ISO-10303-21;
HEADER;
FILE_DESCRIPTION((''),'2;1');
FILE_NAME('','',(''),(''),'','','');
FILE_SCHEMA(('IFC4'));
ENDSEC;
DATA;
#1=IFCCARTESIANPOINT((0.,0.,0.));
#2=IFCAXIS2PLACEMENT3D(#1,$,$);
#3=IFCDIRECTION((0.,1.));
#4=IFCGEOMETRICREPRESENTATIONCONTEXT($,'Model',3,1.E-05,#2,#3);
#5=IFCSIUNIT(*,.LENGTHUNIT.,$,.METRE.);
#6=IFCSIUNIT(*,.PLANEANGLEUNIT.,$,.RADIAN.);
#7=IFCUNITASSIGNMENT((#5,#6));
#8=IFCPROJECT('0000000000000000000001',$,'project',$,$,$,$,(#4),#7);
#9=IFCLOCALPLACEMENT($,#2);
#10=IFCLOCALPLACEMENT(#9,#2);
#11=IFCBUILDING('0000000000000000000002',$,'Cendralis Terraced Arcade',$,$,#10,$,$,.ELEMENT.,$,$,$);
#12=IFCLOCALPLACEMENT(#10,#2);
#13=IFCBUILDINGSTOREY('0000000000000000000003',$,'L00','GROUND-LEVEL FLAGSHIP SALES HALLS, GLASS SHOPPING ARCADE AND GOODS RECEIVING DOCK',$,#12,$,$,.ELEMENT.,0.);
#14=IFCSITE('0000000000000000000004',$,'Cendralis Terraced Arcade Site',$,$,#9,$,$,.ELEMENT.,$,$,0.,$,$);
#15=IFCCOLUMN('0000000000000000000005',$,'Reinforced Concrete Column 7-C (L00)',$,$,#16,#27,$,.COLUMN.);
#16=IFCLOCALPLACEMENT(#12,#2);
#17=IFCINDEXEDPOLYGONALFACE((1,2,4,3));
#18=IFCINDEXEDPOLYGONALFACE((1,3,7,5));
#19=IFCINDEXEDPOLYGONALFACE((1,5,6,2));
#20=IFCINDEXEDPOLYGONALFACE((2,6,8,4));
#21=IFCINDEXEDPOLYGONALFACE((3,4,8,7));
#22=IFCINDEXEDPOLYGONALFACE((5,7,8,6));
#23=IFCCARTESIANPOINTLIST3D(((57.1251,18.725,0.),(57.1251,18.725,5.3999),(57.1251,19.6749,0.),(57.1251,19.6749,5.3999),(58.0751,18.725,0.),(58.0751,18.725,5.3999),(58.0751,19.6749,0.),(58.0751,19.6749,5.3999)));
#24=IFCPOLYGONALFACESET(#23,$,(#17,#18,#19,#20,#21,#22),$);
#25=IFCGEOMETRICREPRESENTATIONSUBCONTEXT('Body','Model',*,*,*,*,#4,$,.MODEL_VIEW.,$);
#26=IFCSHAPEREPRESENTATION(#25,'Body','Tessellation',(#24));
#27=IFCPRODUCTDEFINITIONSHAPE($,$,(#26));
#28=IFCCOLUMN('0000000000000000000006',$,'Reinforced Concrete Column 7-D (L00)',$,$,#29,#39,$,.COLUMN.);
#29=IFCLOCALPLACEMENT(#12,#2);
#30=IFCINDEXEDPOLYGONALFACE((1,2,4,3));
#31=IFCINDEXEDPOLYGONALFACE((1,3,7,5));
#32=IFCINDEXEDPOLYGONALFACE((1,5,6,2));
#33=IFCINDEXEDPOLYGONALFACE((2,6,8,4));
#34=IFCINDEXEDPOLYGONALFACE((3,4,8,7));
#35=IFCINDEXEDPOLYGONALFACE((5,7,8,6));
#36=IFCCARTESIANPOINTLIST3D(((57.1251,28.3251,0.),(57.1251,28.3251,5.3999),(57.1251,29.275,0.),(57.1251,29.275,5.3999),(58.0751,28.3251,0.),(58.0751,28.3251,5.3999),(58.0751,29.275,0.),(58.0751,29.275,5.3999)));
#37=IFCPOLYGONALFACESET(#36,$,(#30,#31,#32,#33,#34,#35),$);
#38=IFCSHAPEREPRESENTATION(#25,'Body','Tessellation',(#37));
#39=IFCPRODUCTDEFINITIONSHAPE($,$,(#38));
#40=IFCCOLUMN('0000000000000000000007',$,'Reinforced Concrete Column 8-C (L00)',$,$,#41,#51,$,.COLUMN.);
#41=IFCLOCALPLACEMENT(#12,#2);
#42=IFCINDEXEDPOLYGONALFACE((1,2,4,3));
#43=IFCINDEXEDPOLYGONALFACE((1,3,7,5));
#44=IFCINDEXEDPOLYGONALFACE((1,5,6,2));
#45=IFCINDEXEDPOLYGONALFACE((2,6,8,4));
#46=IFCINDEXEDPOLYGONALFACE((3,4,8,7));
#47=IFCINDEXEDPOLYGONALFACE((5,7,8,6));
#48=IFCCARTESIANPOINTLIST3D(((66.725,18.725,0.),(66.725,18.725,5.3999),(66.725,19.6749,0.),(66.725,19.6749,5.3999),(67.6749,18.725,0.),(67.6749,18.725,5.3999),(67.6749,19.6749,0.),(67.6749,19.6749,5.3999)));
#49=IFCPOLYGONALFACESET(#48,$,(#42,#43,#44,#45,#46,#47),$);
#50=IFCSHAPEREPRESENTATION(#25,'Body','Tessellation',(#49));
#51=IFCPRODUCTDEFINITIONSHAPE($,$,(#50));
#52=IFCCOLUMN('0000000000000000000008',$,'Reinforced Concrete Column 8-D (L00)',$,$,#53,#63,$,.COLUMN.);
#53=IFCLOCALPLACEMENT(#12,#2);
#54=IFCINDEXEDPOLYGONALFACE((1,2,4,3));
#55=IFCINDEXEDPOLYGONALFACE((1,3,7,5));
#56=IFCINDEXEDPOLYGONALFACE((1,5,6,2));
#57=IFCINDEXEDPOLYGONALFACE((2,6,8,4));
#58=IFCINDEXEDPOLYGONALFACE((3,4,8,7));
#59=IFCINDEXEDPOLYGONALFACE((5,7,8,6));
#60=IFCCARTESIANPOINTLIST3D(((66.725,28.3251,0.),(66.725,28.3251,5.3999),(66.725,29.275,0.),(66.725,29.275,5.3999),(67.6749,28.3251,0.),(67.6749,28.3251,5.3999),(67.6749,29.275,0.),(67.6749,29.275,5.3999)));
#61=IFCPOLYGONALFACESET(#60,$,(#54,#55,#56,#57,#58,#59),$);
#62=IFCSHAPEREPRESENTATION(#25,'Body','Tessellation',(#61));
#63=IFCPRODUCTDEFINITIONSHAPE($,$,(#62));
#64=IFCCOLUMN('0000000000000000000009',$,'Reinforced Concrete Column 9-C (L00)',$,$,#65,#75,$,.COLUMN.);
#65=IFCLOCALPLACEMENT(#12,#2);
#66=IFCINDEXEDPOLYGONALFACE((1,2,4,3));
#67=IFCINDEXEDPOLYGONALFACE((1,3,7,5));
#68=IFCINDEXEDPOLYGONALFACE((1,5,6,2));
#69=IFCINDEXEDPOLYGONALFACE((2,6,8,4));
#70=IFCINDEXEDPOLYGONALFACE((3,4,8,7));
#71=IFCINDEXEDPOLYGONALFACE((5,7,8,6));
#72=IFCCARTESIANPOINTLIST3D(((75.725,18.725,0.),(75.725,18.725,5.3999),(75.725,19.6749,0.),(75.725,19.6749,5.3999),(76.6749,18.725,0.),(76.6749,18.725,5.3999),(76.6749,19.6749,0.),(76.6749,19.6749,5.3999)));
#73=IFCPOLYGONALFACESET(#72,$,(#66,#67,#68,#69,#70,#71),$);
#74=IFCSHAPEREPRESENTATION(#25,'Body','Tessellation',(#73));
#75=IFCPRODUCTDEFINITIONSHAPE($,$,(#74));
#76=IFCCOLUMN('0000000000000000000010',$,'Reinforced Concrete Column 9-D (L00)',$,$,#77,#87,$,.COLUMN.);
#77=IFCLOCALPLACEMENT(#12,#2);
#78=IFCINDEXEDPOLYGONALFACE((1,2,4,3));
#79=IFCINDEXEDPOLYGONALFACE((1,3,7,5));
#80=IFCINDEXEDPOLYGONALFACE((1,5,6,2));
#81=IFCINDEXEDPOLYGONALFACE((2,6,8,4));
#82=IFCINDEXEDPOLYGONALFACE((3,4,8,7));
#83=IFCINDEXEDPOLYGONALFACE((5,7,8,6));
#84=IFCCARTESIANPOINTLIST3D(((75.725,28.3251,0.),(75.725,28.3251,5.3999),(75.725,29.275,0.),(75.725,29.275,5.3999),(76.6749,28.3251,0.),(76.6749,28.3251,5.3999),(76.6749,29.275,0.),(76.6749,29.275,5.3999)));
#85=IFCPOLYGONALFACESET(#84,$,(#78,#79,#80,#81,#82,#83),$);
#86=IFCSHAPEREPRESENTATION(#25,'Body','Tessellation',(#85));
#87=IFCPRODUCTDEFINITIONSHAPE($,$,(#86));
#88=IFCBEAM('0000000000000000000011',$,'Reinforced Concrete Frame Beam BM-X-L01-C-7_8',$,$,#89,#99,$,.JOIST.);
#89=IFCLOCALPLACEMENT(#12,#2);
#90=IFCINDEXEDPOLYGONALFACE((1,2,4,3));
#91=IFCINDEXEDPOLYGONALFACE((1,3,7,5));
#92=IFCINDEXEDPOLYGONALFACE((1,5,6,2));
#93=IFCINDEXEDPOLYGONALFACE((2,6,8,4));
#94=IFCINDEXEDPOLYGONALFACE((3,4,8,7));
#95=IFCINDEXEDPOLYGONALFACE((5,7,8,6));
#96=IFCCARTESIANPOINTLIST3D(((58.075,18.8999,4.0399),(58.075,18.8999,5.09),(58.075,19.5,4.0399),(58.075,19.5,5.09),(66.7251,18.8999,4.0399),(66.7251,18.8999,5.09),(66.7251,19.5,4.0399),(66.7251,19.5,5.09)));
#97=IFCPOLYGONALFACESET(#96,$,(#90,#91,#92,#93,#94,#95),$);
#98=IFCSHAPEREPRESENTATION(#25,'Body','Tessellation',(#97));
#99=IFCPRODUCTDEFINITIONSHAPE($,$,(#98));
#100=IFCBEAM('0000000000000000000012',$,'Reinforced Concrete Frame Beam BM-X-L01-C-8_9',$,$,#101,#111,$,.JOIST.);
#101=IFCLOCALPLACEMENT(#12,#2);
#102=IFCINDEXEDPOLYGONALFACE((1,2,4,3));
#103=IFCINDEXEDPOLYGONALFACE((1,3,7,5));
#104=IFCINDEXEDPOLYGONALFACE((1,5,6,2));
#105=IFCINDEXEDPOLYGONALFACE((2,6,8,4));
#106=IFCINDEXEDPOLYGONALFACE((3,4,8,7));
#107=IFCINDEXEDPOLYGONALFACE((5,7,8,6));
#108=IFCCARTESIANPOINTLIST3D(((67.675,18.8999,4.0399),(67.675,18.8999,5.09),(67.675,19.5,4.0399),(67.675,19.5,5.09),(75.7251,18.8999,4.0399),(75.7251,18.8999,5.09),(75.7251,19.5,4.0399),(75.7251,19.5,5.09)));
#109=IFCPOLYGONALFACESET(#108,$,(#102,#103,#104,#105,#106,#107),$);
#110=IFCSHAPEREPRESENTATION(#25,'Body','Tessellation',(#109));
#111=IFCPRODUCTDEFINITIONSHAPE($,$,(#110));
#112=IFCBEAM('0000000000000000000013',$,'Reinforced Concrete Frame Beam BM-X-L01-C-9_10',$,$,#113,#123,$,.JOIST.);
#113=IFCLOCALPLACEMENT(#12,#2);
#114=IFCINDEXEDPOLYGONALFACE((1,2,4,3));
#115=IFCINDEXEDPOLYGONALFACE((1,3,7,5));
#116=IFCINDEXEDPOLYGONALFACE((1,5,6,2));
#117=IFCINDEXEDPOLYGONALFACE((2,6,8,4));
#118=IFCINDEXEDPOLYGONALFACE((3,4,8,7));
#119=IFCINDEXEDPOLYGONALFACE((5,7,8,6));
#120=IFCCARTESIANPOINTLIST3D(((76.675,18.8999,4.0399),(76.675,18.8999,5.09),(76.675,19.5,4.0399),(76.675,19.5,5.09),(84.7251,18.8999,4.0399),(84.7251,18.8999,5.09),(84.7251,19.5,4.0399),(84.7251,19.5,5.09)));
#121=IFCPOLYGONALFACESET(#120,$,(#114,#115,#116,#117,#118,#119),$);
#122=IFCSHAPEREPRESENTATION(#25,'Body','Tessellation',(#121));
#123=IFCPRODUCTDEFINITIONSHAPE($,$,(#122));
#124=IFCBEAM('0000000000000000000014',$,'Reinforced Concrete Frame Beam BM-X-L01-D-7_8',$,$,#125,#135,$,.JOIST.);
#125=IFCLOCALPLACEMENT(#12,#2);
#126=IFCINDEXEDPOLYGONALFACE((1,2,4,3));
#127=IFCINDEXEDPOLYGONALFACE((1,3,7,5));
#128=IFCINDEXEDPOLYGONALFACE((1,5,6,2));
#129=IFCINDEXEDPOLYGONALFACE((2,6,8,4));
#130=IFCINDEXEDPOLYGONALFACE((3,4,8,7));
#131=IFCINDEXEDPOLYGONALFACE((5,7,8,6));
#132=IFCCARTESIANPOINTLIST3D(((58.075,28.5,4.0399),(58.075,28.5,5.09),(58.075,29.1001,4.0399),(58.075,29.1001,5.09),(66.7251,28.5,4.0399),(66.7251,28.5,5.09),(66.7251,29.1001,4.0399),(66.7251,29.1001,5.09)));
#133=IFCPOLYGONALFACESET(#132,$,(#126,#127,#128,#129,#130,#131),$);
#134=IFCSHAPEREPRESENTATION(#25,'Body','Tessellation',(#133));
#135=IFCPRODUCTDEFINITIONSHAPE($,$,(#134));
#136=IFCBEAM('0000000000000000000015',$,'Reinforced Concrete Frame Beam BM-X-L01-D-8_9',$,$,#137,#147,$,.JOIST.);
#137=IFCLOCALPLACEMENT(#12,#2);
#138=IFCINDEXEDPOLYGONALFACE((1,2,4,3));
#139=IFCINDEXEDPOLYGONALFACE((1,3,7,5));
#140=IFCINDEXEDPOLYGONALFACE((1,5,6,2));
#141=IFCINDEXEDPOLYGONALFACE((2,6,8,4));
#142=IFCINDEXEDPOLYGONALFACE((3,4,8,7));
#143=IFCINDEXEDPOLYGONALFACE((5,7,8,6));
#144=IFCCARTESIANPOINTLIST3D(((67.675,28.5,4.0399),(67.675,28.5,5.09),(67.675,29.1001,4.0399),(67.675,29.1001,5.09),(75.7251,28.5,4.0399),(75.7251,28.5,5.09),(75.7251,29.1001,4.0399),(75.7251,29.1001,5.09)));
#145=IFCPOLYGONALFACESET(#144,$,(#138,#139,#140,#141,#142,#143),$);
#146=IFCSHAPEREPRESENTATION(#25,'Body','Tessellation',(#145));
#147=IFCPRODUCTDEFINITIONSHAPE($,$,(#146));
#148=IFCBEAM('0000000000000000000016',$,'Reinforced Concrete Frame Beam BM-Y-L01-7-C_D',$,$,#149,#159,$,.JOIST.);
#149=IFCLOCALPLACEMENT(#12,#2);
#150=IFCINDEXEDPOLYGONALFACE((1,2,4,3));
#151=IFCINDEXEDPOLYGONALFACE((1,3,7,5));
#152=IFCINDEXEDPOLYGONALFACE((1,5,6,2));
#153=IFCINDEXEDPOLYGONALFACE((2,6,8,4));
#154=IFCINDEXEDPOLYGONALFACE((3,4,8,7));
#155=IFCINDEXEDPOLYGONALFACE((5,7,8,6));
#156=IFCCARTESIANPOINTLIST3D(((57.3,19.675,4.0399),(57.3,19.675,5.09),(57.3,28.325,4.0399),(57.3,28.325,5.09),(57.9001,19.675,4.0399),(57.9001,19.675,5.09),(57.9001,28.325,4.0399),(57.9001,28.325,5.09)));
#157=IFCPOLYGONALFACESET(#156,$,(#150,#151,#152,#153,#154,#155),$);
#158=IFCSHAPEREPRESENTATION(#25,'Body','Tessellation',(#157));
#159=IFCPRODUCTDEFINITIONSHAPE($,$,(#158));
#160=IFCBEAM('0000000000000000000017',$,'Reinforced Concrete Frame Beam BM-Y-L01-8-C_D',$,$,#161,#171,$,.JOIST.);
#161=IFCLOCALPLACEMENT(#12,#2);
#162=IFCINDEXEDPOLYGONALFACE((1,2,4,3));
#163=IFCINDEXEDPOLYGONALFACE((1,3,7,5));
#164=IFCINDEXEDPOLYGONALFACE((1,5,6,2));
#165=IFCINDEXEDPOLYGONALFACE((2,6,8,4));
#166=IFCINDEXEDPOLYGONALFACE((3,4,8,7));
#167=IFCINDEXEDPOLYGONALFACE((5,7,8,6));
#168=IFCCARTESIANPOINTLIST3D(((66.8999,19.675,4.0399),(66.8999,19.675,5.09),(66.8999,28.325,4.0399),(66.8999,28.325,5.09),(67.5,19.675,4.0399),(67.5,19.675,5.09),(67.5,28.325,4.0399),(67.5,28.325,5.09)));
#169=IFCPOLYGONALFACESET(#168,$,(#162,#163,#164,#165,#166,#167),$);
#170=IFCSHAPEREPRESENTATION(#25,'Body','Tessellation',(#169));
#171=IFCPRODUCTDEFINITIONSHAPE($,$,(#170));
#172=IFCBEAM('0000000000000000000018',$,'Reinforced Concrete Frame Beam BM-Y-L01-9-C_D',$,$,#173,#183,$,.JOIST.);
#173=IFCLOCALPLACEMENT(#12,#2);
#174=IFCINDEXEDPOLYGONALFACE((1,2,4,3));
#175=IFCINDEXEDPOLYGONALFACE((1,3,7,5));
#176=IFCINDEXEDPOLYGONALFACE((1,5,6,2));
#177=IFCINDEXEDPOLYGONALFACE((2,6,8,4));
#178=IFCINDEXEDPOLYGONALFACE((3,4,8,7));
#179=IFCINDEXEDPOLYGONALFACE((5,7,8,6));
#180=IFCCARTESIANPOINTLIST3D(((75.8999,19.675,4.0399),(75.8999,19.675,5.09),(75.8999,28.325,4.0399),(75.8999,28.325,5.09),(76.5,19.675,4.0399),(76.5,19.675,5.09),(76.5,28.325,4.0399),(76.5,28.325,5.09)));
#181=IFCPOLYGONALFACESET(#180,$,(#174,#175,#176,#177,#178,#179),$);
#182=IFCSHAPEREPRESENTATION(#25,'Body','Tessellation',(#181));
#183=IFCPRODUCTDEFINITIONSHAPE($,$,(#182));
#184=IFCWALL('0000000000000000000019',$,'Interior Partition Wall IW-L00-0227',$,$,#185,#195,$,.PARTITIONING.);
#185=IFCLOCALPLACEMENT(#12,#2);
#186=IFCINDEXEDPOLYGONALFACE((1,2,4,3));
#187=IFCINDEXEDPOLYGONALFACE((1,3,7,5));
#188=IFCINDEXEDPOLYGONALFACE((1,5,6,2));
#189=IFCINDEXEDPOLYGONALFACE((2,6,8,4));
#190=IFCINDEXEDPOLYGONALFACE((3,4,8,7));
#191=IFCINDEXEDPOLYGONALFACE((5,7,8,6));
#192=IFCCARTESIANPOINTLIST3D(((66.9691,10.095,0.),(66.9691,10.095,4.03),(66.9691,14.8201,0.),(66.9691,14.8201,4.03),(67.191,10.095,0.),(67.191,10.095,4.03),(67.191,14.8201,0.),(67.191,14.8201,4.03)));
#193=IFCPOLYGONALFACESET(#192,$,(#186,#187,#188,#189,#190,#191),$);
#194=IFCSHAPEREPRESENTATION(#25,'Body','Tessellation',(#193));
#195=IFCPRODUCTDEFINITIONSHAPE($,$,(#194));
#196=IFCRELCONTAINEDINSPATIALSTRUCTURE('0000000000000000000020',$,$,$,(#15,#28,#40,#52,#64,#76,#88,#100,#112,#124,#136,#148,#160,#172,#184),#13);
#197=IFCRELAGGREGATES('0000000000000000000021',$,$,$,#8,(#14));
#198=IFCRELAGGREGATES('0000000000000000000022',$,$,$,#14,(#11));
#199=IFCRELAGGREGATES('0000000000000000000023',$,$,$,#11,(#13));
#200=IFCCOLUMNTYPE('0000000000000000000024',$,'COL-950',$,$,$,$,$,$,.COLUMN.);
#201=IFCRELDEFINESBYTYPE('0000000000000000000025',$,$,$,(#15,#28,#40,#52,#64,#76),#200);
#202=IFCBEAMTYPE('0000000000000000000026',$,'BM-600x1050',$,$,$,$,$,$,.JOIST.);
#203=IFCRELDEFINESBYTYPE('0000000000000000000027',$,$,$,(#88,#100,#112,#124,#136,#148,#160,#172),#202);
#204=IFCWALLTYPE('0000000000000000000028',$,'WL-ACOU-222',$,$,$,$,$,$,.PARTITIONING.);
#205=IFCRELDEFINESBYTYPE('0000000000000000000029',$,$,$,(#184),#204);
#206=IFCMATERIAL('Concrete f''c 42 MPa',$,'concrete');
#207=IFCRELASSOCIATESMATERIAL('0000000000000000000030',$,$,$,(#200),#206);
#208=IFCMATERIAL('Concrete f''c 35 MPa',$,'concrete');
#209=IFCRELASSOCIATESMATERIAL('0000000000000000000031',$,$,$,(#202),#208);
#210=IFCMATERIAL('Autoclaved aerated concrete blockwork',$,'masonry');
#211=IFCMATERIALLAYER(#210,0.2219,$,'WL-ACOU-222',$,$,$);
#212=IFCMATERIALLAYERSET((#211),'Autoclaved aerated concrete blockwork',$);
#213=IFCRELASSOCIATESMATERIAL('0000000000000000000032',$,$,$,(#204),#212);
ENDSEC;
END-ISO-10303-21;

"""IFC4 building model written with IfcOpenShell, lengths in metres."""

from ifc_helpers import new_model, si_unit, direction, frame, frame_2d, origin, origin_2d, place, context, subcontext, project, spatial, rectangle, extrude, material, layer, layer_set, material_profile, profile_set, type_object, element, save


model = new_model("IFC4")

# Units and contexts
model_context = context("Model", 3, precision=1e-05, world=origin(), true_north=direction((0.0, 1.0)))
body_context = subcontext(model_context, "Body", "Model", "MODEL_VIEW")
ifc_project = project(units=[si_unit("LENGTHUNIT", "METRE"), si_unit("PLANEANGLEUNIT", "RADIAN")], contexts=[model_context])

# Site, building, storey
site_placement = place(None, origin())
site = spatial("IfcSite", under=ifc_project, at=site_placement, Name="Cendralis Terraced Arcade Site", CompositionType="ELEMENT", RefElevation=0.0)
building_placement = place(site_placement, origin())
building = spatial("IfcBuilding", under=site, at=building_placement, Name="Cendralis Terraced Arcade", CompositionType="ELEMENT")
storey_placement = place(building_placement, origin())
storey = spatial("IfcBuildingStorey", under=building, at=storey_placement, Name="L00", Description="GROUND-LEVEL FLAGSHIP SALES HALLS, GLASS SHOPPING ARCADE AND GOODS RECEIVING DOCK", CompositionType="ELEMENT", Elevation=0.0)

# Columns
ifc_material_1 = material(Name="Concrete f'c 42 MPa", Category="concrete")
ifc_material_profile_1 = material_profile(ifc_material_1, rectangle(XDim=0.95, YDim=0.95, at=origin_2d()), Name="RC-COL-950x950", Category="LoadBearing")
ifc_profile_set_1 = profile_set([ifc_material_profile_1], Name="Concrete f'c 42 MPa")
column_type = type_object("IfcColumnType", Name="COL-950", PredefinedType="COLUMN", material=ifc_profile_set_1)
for number, where, z_axis, x_axis, name in (
    (1, (57.6001, 19.2, 0.0), (0.0, 0.0, 1.0), (1.0, 0.0, 0.0), "Reinforced Concrete Column 7-C (L00)"),
    (2, (57.6001, 28.8, 0.0), (0.0, 0.0, 1.0), (1.0, 0.0, 0.0), "Reinforced Concrete Column 7-D (L00)"),
    (3, (67.2, 19.2, 0.0), (0.0, 0.0, 1.0), (1.0, 0.0, 0.0), "Reinforced Concrete Column 8-C (L00)"),
    (4, (67.2, 28.8, 0.0), (0.0, 0.0, 1.0), (1.0, 0.0, 0.0), "Reinforced Concrete Column 8-D (L00)"),
    (5, (76.2, 19.2, 0.0), (0.0, 0.0, 1.0), (1.0, 0.0, 0.0), "Reinforced Concrete Column 9-C (L00)"),
    (6, (76.2, 28.8, 0.0), (0.0, 0.0, 1.0), (1.0, 0.0, 0.0), "Reinforced Concrete Column 9-D (L00)"),
):
    element("IfcColumn", number, at=place(storey_placement, frame(where, z_axis=z_axis, x_axis=x_axis)), inside=storey, type_object=column_type, Name=name, PredefinedType="COLUMN", context=body_context, shape_type="SweptSolid", body=[
        extrude(rectangle(XDim=0.95, YDim=0.95, at=origin_2d()), origin(), (0.0, 0.0, 1.0), 5.3999),
    ])

# Beams
ifc_material_2 = material(Name="Concrete f'c 35 MPa", Category="concrete")
ifc_material_profile_2 = material_profile(ifc_material_2, rectangle(XDim=0.6001, YDim=1.05, at=origin_2d()), Name="RC-BM-600x1050", Category="LoadBearing")
ifc_profile_set_2 = profile_set([ifc_material_profile_2], Name="Concrete f'c 35 MPa")
beam_type = type_object("IfcBeamType", Name="BM-600x1050", PredefinedType="JOIST", material=ifc_profile_set_2)
beam_1_placement = place(storey_placement, frame((58.075, 19.2, 4.5649), z_axis=(1.0, 0.0, 0.0), x_axis=(0.0, 1.0, 0.0)))
element("IfcBeam", 7, at=beam_1_placement, inside=storey, type_object=beam_type, Name="Reinforced Concrete Frame Beam BM-X-L01-C-7_8", PredefinedType="JOIST", context=body_context, shape_type="SweptSolid", body=[
    extrude(rectangle(XDim=0.6001, YDim=1.05, at=origin_2d()), origin(), (0.0, 0.0, 1.0), 8.6501),
])
for number, where, z_axis, x_axis, name in (
    (8, (67.675, 19.2, 4.5649), (1.0, 0.0, 0.0), (0.0, 1.0, 0.0), "Reinforced Concrete Frame Beam BM-X-L01-C-8_9"),
    (9, (76.675, 19.2, 4.5649), (1.0, 0.0, 0.0), (0.0, 1.0, 0.0), "Reinforced Concrete Frame Beam BM-X-L01-C-9_10"),
):
    element("IfcBeam", number, at=place(storey_placement, frame(where, z_axis=z_axis, x_axis=x_axis)), inside=storey, type_object=beam_type, Name=name, PredefinedType="JOIST", context=body_context, shape_type="SweptSolid", body=[
        extrude(rectangle(XDim=0.6001, YDim=1.05, at=origin_2d()), origin(), (0.0, 0.0, 1.0), 8.05),
    ])
beam_2_placement = place(storey_placement, frame((58.075, 28.8, 4.5649), z_axis=(1.0, 0.0, 0.0), x_axis=(0.0, 1.0, 0.0)))
element("IfcBeam", 10, at=beam_2_placement, inside=storey, type_object=beam_type, Name="Reinforced Concrete Frame Beam BM-X-L01-D-7_8", PredefinedType="JOIST", context=body_context, shape_type="SweptSolid", body=[
    extrude(rectangle(XDim=0.6001, YDim=1.05, at=origin_2d()), origin(), (0.0, 0.0, 1.0), 8.6501),
])
beam_3_placement = place(storey_placement, frame((67.675, 28.8, 4.5649), z_axis=(1.0, 0.0, 0.0), x_axis=(0.0, 1.0, 0.0)))
element("IfcBeam", 11, at=beam_3_placement, inside=storey, type_object=beam_type, Name="Reinforced Concrete Frame Beam BM-X-L01-D-8_9", PredefinedType="JOIST", context=body_context, shape_type="SweptSolid", body=[
    extrude(rectangle(XDim=0.6001, YDim=1.05, at=origin_2d()), origin(), (0.0, 0.0, 1.0), 8.05),
])
for number, where, z_axis, x_axis, name in (
    (12, (57.6001, 19.675, 4.5649), (0.0, 1.0, 0.0), (-1.0, 0.0, 0.0), "Reinforced Concrete Frame Beam BM-Y-L01-7-C_D"),
    (13, (67.2, 19.675, 4.5649), (0.0, 1.0, 0.0), (-1.0, 0.0, 0.0), "Reinforced Concrete Frame Beam BM-Y-L01-8-C_D"),
    (14, (76.2, 19.675, 4.5649), (0.0, 1.0, 0.0), (-1.0, 0.0, 0.0), "Reinforced Concrete Frame Beam BM-Y-L01-9-C_D"),
):
    element("IfcBeam", number, at=place(storey_placement, frame(where, z_axis=z_axis, x_axis=x_axis)), inside=storey, type_object=beam_type, Name=name, PredefinedType="JOIST", context=body_context, shape_type="SweptSolid", body=[
        extrude(rectangle(XDim=0.6001, YDim=1.05, at=origin_2d()), origin(), (0.0, 0.0, 1.0), 8.6499),
    ])

# Wall
ifc_material_3 = material(Name="Autoclaved aerated concrete blockwork", Category="masonry")
ifc_layer_1 = layer(ifc_material_3, 0.2219, Name="WL-ACOU-222")
ifc_layer_set_1 = layer_set([ifc_layer_1], Name="Autoclaved aerated concrete blockwork")
wall_type_1 = type_object("IfcWallType", Name="WL-ACOU-222", PredefinedType="PARTITIONING", material=ifc_layer_set_1)
wall_1_placement = place(storey_placement, frame((67.0801, 14.8201, 0.0), z_axis=(0.0, 0.0, 1.0), x_axis=(0.0, -1.0, 0.0)))
element("IfcWall", 15, at=wall_1_placement, inside=storey, type_object=wall_type_1, Name="Interior Partition Wall IW-L00-0227", PredefinedType="PARTITIONING", context=body_context, shape_type="SweptSolid", body=[
    extrude(rectangle(XDim=4.7251, YDim=0.2219, at=frame_2d((2.3625, 0.0))), origin(), (0.0, 0.0, 1.0), 4.03),
])

save(model, "model.ifc")
